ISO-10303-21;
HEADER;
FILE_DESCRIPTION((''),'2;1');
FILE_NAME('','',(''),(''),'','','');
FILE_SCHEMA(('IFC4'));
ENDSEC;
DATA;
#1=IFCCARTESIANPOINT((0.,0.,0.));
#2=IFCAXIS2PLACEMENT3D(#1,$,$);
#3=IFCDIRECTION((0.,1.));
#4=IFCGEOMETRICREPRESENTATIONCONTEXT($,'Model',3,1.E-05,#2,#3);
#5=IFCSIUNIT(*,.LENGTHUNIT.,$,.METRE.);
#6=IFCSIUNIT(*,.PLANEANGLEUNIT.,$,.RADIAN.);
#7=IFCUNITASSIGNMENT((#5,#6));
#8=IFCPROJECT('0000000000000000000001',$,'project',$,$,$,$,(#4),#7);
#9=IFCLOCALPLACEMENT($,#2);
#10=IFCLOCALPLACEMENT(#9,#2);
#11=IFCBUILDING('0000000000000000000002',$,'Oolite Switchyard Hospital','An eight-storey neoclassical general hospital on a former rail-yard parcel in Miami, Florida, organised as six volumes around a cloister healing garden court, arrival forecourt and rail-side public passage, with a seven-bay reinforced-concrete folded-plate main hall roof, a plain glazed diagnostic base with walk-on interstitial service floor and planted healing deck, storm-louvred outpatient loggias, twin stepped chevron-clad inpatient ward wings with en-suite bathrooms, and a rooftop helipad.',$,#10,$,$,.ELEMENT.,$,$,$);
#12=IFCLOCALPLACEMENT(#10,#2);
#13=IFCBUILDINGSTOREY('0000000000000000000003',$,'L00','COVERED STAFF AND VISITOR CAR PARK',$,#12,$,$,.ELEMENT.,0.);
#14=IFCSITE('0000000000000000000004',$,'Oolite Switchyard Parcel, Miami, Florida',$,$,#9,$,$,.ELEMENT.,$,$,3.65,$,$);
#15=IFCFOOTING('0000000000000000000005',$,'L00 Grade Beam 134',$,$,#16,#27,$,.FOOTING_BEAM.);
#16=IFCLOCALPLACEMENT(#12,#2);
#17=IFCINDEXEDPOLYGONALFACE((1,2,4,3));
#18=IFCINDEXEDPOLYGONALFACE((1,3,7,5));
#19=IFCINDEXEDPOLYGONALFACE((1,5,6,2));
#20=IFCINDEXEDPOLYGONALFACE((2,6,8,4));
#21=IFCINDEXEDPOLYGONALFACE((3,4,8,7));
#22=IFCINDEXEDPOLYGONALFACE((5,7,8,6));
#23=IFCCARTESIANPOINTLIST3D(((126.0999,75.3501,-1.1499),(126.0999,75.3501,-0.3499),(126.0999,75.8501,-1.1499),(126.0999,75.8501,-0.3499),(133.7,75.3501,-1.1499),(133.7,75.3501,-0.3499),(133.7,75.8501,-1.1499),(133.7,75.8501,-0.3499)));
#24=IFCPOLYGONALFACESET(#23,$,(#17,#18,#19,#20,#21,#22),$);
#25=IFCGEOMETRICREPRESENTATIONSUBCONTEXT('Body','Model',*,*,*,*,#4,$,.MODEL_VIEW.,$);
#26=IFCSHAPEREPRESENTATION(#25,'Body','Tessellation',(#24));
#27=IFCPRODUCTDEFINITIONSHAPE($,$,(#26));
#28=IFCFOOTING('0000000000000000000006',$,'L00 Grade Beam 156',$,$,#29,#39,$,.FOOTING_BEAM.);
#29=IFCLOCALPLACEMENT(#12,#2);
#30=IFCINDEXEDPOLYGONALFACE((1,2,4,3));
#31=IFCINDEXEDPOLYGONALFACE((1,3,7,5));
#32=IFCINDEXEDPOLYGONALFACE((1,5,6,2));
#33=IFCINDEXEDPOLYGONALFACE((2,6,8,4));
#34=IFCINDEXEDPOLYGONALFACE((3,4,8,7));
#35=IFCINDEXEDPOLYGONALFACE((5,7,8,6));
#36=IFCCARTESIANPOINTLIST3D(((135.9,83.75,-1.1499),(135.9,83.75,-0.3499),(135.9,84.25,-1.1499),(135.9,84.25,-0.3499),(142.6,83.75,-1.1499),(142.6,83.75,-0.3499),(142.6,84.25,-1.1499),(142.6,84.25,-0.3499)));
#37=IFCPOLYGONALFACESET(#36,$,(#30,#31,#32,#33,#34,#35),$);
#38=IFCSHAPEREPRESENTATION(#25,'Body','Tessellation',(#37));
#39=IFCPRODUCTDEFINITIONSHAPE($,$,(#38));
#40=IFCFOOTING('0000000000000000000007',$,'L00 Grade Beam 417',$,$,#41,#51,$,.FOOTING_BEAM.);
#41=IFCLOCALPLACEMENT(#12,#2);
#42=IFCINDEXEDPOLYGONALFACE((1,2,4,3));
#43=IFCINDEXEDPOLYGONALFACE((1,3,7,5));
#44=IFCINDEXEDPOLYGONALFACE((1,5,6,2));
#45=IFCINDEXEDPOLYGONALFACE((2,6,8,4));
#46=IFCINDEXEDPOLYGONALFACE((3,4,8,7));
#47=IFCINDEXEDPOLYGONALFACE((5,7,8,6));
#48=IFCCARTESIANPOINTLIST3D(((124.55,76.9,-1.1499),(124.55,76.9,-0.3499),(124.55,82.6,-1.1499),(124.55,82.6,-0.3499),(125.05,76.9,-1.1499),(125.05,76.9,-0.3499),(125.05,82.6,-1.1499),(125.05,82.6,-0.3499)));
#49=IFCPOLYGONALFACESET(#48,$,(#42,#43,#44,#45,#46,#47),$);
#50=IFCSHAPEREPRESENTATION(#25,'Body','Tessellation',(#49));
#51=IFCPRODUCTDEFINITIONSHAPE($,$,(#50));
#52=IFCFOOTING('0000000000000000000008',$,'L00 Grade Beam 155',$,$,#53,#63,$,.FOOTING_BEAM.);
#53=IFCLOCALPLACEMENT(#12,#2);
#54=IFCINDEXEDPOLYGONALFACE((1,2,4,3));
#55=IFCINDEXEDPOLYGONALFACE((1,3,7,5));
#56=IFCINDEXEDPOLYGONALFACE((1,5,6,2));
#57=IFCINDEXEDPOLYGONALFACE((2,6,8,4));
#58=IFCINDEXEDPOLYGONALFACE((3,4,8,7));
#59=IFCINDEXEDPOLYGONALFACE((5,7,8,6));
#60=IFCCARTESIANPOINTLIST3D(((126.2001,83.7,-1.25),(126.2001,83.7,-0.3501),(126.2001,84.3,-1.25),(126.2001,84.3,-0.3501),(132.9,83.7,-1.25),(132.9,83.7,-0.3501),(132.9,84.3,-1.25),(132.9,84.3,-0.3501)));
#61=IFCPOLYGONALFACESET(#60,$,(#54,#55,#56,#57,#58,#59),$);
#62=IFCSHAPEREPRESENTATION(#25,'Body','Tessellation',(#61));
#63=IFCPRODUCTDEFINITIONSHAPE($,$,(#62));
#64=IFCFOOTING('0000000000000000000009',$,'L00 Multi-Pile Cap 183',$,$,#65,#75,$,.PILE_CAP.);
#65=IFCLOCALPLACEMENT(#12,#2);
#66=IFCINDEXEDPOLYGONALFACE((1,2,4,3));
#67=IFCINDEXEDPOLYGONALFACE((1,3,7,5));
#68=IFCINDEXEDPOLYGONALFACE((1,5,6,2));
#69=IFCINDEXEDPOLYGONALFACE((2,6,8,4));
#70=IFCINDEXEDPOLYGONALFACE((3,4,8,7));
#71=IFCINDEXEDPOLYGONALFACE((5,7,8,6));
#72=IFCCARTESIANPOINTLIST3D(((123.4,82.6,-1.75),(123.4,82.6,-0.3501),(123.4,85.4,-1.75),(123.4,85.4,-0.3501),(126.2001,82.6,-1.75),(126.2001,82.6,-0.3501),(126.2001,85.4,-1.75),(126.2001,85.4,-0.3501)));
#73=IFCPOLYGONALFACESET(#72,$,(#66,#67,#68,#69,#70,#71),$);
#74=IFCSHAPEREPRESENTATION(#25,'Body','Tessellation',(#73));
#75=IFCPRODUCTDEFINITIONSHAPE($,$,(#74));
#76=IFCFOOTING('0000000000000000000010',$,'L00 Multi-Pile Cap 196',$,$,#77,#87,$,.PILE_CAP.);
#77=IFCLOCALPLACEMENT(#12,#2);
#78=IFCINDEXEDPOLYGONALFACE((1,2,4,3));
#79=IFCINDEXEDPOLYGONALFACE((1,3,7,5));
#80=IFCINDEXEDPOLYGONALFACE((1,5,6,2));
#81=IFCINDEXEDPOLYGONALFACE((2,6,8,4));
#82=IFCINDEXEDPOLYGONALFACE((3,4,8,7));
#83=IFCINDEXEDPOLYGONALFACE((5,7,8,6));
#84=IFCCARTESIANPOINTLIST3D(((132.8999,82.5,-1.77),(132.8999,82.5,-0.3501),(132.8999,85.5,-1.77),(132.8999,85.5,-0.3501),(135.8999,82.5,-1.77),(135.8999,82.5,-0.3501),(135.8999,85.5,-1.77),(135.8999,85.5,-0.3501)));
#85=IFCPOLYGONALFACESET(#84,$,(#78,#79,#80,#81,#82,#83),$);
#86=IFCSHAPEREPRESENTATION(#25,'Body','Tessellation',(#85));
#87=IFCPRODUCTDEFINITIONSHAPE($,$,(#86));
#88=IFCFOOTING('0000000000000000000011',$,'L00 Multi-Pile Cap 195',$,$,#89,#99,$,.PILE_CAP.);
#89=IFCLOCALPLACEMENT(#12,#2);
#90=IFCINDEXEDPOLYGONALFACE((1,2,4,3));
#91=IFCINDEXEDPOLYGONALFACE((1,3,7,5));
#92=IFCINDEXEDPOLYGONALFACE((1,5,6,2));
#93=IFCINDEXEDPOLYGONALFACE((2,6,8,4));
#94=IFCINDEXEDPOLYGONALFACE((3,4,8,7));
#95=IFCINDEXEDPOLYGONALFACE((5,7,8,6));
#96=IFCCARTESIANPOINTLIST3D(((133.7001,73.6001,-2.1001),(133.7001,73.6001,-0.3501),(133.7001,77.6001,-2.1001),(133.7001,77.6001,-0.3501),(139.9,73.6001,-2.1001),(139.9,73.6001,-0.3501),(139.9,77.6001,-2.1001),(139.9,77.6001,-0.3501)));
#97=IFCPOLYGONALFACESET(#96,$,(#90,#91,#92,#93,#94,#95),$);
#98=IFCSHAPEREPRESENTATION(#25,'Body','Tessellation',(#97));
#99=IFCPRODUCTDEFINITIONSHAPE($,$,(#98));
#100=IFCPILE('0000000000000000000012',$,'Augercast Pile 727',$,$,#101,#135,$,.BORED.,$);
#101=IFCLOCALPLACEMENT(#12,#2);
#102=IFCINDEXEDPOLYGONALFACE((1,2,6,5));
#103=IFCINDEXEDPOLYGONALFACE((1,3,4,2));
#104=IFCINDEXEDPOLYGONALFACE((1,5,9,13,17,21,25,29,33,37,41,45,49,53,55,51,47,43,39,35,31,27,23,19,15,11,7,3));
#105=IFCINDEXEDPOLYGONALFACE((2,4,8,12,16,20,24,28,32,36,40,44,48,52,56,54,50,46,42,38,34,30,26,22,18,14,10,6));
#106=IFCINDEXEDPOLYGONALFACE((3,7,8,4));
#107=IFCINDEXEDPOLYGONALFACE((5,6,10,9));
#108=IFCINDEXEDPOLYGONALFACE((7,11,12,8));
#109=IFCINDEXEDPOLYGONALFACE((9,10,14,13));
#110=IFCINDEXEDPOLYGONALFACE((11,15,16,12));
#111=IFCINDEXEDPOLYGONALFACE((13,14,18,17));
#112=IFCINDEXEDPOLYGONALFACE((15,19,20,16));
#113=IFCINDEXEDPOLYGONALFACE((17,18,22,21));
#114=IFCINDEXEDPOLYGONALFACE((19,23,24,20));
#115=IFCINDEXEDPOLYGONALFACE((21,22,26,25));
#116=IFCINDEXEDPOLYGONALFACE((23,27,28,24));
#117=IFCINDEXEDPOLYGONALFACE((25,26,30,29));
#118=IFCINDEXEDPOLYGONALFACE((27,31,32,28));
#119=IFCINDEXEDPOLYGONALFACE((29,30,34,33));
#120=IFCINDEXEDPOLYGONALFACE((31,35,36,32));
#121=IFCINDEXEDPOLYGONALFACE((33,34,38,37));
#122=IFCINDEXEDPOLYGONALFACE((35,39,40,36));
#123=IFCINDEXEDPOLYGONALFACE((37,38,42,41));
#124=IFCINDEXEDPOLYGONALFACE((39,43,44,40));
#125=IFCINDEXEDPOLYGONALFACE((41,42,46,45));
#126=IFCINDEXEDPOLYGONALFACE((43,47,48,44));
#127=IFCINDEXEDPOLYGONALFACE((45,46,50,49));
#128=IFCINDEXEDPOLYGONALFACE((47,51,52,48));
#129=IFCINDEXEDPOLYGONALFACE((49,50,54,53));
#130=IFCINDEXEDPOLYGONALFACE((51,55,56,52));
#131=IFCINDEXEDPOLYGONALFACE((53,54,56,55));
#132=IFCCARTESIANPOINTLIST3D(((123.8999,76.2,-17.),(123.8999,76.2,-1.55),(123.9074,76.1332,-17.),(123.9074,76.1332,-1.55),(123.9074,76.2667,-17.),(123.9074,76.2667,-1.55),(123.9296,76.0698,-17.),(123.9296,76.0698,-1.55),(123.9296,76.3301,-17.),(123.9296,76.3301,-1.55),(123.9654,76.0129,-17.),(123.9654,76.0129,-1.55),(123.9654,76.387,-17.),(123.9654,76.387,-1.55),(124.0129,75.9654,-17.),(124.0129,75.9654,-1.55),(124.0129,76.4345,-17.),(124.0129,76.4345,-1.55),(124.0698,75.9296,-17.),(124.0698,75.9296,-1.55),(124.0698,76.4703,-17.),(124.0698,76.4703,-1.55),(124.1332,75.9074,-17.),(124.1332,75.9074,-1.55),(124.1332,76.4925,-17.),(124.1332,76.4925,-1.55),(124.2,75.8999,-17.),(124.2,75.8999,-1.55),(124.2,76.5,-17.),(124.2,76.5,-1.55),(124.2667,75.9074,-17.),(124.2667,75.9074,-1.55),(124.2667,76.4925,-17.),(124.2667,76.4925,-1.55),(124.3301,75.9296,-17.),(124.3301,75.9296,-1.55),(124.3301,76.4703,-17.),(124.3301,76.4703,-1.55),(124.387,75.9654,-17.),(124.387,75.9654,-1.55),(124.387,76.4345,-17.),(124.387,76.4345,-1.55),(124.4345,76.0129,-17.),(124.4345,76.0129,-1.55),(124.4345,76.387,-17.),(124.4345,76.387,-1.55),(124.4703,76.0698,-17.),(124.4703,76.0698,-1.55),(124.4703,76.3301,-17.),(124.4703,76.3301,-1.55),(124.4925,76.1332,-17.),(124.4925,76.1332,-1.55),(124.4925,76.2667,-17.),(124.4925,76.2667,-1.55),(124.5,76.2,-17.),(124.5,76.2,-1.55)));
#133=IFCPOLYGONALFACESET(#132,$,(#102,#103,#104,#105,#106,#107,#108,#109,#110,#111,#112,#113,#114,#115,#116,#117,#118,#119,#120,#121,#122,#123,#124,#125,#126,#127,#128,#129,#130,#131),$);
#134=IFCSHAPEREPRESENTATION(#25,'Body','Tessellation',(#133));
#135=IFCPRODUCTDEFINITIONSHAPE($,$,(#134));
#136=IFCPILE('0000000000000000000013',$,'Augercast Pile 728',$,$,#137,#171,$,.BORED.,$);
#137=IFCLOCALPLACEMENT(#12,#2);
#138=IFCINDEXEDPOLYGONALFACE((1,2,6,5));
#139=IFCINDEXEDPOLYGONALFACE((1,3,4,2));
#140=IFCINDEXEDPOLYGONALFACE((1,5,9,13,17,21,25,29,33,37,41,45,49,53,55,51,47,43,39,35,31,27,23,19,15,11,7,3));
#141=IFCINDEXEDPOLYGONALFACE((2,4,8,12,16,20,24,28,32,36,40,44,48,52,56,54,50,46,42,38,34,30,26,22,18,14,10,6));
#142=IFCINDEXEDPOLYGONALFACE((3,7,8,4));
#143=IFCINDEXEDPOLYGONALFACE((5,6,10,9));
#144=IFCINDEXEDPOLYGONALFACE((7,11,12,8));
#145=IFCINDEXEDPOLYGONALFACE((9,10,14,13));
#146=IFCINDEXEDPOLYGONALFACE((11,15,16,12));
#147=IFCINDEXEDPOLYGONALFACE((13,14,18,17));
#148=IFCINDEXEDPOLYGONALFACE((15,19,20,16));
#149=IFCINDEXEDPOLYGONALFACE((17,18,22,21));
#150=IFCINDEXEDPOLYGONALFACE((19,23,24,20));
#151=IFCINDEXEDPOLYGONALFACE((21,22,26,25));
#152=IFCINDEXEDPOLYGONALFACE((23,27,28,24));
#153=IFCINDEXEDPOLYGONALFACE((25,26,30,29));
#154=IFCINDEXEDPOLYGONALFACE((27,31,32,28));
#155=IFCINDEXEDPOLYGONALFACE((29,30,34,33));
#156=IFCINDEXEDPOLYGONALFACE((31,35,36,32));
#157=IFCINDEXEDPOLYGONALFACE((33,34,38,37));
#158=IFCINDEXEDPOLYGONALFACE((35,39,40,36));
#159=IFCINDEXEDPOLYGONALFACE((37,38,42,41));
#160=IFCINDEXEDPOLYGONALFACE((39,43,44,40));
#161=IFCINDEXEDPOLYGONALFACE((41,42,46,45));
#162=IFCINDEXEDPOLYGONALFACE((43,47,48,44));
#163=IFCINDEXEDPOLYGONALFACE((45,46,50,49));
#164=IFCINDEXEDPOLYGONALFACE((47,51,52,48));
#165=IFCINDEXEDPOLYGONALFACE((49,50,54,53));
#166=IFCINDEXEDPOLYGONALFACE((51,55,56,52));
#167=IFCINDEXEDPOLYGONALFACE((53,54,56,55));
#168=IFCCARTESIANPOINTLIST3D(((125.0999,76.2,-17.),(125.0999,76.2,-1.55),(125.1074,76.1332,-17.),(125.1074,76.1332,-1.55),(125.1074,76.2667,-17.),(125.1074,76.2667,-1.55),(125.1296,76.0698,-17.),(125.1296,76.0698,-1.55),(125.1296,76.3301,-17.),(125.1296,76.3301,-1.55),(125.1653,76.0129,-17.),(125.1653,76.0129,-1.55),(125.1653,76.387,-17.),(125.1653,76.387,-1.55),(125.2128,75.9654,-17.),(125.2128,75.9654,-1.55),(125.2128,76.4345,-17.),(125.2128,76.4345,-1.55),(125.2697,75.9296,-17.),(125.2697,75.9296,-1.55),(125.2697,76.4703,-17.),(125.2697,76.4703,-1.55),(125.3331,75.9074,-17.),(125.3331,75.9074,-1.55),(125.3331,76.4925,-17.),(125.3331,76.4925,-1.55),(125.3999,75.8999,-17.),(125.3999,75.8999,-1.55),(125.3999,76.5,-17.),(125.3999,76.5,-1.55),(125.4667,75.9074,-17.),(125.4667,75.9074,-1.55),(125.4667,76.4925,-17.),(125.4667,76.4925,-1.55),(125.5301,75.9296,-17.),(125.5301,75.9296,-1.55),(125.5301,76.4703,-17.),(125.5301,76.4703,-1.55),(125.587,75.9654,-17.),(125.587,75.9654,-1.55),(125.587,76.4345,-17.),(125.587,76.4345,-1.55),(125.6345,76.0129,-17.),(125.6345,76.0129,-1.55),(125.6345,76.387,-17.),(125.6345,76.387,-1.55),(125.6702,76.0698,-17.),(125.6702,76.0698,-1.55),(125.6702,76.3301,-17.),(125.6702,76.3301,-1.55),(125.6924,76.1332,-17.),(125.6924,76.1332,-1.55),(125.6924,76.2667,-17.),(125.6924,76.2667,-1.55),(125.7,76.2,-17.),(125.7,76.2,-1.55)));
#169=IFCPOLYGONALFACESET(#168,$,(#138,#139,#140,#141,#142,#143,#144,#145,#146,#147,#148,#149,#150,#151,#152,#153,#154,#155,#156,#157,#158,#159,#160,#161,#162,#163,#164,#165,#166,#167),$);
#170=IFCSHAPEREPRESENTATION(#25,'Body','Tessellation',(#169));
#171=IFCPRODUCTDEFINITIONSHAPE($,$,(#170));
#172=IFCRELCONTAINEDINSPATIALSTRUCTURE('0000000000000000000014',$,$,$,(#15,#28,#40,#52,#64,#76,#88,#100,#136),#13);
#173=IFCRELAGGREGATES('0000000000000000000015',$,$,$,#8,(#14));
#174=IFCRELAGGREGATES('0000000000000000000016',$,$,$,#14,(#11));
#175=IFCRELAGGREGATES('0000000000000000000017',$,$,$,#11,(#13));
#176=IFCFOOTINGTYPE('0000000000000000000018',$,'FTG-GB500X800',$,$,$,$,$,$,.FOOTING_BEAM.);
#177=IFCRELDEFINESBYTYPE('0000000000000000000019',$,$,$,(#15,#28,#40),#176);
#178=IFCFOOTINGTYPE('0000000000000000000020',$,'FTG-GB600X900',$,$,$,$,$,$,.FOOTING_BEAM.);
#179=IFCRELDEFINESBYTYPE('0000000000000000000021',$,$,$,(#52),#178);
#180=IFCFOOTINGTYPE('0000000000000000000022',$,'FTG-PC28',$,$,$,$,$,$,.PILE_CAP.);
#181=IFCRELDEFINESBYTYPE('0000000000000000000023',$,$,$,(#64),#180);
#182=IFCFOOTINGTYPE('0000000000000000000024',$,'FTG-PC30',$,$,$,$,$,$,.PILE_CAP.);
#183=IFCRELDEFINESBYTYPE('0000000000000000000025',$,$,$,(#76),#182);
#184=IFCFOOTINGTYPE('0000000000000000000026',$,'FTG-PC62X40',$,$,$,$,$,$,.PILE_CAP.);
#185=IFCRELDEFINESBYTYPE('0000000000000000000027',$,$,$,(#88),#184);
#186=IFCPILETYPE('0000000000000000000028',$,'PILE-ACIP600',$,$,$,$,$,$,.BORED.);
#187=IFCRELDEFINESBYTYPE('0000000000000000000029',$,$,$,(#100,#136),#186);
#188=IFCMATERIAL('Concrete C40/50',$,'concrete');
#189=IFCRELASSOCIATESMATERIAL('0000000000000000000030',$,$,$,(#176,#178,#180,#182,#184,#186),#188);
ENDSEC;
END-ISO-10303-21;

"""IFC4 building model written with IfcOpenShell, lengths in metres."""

from ifc_helpers import new_model, si_unit, direction, frame, origin, origin_2d, place, context, subcontext, project, spatial, rectangle, circle, extrude, material, material_profile, profile_set, type_object, element, save


model = new_model("IFC4")

# Units and contexts
model_context = context("Model", 3, precision=1e-05, world=origin(), true_north=direction((0.0, 1.0)))
body_context = subcontext(model_context, "Body", "Model", "MODEL_VIEW")
ifc_project = project(units=[si_unit("LENGTHUNIT", "METRE"), si_unit("PLANEANGLEUNIT", "RADIAN")], contexts=[model_context])

# Site, building, storey
site_placement = place(None, origin())
site = spatial("IfcSite", under=ifc_project, at=site_placement, Name="Oolite Switchyard Parcel, Miami, Florida", CompositionType="ELEMENT", RefElevation=3.65)
building_placement = place(site_placement, origin())
building = spatial("IfcBuilding", under=site, at=building_placement, Name="Oolite Switchyard Hospital", Description="An eight-storey neoclassical general hospital on a former rail-yard parcel in Miami, Florida, organised as six volumes around a cloister healing garden court, arrival forecourt and rail-side public passage, with a seven-bay reinforced-concrete folded-plate main hall roof, a plain glazed diagnostic base with walk-on interstitial service floor and planted healing deck, storm-louvred outpatient loggias, twin stepped chevron-clad inpatient ward wings with en-suite bathrooms, and a rooftop helipad.", CompositionType="ELEMENT")
storey_placement = place(building_placement, origin())
storey = spatial("IfcBuildingStorey", under=building, at=storey_placement, Name="L00", Description="COVERED STAFF AND VISITOR CAR PARK", CompositionType="ELEMENT", Elevation=0.0)

# Footings
ifc_material_1 = material(Name="Concrete C40/50", Category="concrete")
footing_type_1 = type_object("IfcFootingType", Name="FTG-GB500X800", PredefinedType="FOOTING_BEAM", material=ifc_material_1)
footing_1_placement = place(storey_placement, frame((129.8999, 75.6001, -1.1499), z_axis=(0.0, 0.0, 1.0), x_axis=(1.0, 0.0, 0.0)))
element("IfcFooting", 1, at=footing_1_placement, inside=storey, type_object=footing_type_1, Name="L00 Grade Beam 134", PredefinedType="FOOTING_BEAM", context=body_context, shape_type="SweptSolid", body=[
    extrude(rectangle(XDim=7.6001, YDim=0.5, at=origin_2d()), origin(), (0.0, 0.0, 1.0), 0.8),
])
footing_2_placement = place(storey_placement, frame((139.25, 84.0, -1.1499), z_axis=(0.0, 0.0, 1.0), x_axis=(1.0, 0.0, 0.0)))
element("IfcFooting", 2, at=footing_2_placement, inside=storey, type_object=footing_type_1, Name="L00 Grade Beam 156", PredefinedType="FOOTING_BEAM", context=body_context, shape_type="SweptSolid", body=[
    extrude(rectangle(XDim=6.7, YDim=0.5, at=origin_2d()), origin(), (0.0, 0.0, 1.0), 0.8),
])
footing_3_placement = place(storey_placement, frame((124.8, 79.75, -1.1499), z_axis=(0.0, 0.0, 1.0), x_axis=(0.0, 1.0, 0.0)))
element("IfcFooting", 3, at=footing_3_placement, inside=storey, type_object=footing_type_1, Name="L00 Grade Beam 417", PredefinedType="FOOTING_BEAM", context=body_context, shape_type="SweptSolid", body=[
    extrude(rectangle(XDim=5.7, YDim=0.5, at=origin_2d()), origin(), (0.0, 0.0, 1.0), 0.8),
])
footing_type_2 = type_object("IfcFootingType", Name="FTG-GB600X900", PredefinedType="FOOTING_BEAM", material=ifc_material_1)
footing_4_placement = place(storey_placement, frame((129.55, 84.0, -1.25), z_axis=(0.0, 0.0, 1.0), x_axis=(1.0, 0.0, 0.0)))
element("IfcFooting", 4, at=footing_4_placement, inside=storey, type_object=footing_type_2, Name="L00 Grade Beam 155", PredefinedType="FOOTING_BEAM", context=body_context, shape_type="SweptSolid", body=[
    extrude(rectangle(XDim=6.7, YDim=0.6001, at=origin_2d()), origin(), (0.0, 0.0, 1.0), 0.8999),
])
footing_type_3 = type_object("IfcFootingType", Name="FTG-PC28", PredefinedType="PILE_CAP", material=ifc_material_1)
footing_5_placement = place(storey_placement, frame((124.8, 84.0, -1.75), z_axis=(0.0, 0.0, 1.0), x_axis=(1.0, 0.0, 0.0)))
element("IfcFooting", 5, at=footing_5_placement, inside=storey, type_object=footing_type_3, Name="L00 Multi-Pile Cap 183", PredefinedType="PILE_CAP", context=body_context, shape_type="SweptSolid", body=[
    extrude(rectangle(XDim=2.8, YDim=2.8, at=origin_2d()), origin(), (0.0, 0.0, 1.0), 1.3999),
])
footing_type_4 = type_object("IfcFootingType", Name="FTG-PC30", PredefinedType="PILE_CAP", material=ifc_material_1)
footing_6_placement = place(storey_placement, frame((134.3999, 84.0, -1.77), z_axis=(0.0, 0.0, 1.0), x_axis=(1.0, 0.0, 0.0)))
element("IfcFooting", 6, at=footing_6_placement, inside=storey, type_object=footing_type_4, Name="L00 Multi-Pile Cap 196", PredefinedType="PILE_CAP", context=body_context, shape_type="SweptSolid", body=[
    extrude(rectangle(XDim=3.0, YDim=3.0, at=origin_2d()), origin(), (0.0, 0.0, 1.0), 1.4199),
])
footing_type_5 = type_object("IfcFootingType", Name="FTG-PC62X40", PredefinedType="PILE_CAP", material=ifc_material_1)
footing_7_placement = place(storey_placement, frame((136.8, 75.6001, -2.1001), z_axis=(0.0, 0.0, 1.0), x_axis=(1.0, 0.0, 0.0)))
element("IfcFooting", 7, at=footing_7_placement, inside=storey, type_object=footing_type_5, Name="L00 Multi-Pile Cap 195", PredefinedType="PILE_CAP", context=body_context, shape_type="SweptSolid", body=[
    extrude(rectangle(XDim=6.2, YDim=4.0, at=origin_2d()), origin(), (0.0, 0.0, 1.0), 1.75),
])

# Piles
ifc_material_profile_1 = material_profile(ifc_material_1, circle(Radius=0.3, at=origin_2d()), Name="PILE600")
ifc_profile_set_1 = profile_set([ifc_material_profile_1], Name="Concrete C40/50")
pile_type = type_object("IfcPileType", Name="PILE-ACIP600", PredefinedType="BORED", material=ifc_profile_set_1)
for number, where, z_axis, x_axis, name in (
    (8, (124.2, 76.2, -1.55), (0.0, 0.0, -1.0), (1.0, 0.0, 0.0), "Augercast Pile 727"),
    (9, (125.3999, 76.2, -1.55), (0.0, 0.0, -1.0), (1.0, 0.0, 0.0), "Augercast Pile 728"),
):
    element("IfcPile", number, at=place(storey_placement, frame(where, z_axis=z_axis, x_axis=x_axis)), inside=storey, type_object=pile_type, Name=name, PredefinedType="BORED", context=body_context, shape_type="SweptSolid", body=[
        extrude(circle(Radius=0.3, at=origin_2d()), origin(), (0.0, 0.0, 1.0), 15.45),
    ])

save(model, "model.ifc")
